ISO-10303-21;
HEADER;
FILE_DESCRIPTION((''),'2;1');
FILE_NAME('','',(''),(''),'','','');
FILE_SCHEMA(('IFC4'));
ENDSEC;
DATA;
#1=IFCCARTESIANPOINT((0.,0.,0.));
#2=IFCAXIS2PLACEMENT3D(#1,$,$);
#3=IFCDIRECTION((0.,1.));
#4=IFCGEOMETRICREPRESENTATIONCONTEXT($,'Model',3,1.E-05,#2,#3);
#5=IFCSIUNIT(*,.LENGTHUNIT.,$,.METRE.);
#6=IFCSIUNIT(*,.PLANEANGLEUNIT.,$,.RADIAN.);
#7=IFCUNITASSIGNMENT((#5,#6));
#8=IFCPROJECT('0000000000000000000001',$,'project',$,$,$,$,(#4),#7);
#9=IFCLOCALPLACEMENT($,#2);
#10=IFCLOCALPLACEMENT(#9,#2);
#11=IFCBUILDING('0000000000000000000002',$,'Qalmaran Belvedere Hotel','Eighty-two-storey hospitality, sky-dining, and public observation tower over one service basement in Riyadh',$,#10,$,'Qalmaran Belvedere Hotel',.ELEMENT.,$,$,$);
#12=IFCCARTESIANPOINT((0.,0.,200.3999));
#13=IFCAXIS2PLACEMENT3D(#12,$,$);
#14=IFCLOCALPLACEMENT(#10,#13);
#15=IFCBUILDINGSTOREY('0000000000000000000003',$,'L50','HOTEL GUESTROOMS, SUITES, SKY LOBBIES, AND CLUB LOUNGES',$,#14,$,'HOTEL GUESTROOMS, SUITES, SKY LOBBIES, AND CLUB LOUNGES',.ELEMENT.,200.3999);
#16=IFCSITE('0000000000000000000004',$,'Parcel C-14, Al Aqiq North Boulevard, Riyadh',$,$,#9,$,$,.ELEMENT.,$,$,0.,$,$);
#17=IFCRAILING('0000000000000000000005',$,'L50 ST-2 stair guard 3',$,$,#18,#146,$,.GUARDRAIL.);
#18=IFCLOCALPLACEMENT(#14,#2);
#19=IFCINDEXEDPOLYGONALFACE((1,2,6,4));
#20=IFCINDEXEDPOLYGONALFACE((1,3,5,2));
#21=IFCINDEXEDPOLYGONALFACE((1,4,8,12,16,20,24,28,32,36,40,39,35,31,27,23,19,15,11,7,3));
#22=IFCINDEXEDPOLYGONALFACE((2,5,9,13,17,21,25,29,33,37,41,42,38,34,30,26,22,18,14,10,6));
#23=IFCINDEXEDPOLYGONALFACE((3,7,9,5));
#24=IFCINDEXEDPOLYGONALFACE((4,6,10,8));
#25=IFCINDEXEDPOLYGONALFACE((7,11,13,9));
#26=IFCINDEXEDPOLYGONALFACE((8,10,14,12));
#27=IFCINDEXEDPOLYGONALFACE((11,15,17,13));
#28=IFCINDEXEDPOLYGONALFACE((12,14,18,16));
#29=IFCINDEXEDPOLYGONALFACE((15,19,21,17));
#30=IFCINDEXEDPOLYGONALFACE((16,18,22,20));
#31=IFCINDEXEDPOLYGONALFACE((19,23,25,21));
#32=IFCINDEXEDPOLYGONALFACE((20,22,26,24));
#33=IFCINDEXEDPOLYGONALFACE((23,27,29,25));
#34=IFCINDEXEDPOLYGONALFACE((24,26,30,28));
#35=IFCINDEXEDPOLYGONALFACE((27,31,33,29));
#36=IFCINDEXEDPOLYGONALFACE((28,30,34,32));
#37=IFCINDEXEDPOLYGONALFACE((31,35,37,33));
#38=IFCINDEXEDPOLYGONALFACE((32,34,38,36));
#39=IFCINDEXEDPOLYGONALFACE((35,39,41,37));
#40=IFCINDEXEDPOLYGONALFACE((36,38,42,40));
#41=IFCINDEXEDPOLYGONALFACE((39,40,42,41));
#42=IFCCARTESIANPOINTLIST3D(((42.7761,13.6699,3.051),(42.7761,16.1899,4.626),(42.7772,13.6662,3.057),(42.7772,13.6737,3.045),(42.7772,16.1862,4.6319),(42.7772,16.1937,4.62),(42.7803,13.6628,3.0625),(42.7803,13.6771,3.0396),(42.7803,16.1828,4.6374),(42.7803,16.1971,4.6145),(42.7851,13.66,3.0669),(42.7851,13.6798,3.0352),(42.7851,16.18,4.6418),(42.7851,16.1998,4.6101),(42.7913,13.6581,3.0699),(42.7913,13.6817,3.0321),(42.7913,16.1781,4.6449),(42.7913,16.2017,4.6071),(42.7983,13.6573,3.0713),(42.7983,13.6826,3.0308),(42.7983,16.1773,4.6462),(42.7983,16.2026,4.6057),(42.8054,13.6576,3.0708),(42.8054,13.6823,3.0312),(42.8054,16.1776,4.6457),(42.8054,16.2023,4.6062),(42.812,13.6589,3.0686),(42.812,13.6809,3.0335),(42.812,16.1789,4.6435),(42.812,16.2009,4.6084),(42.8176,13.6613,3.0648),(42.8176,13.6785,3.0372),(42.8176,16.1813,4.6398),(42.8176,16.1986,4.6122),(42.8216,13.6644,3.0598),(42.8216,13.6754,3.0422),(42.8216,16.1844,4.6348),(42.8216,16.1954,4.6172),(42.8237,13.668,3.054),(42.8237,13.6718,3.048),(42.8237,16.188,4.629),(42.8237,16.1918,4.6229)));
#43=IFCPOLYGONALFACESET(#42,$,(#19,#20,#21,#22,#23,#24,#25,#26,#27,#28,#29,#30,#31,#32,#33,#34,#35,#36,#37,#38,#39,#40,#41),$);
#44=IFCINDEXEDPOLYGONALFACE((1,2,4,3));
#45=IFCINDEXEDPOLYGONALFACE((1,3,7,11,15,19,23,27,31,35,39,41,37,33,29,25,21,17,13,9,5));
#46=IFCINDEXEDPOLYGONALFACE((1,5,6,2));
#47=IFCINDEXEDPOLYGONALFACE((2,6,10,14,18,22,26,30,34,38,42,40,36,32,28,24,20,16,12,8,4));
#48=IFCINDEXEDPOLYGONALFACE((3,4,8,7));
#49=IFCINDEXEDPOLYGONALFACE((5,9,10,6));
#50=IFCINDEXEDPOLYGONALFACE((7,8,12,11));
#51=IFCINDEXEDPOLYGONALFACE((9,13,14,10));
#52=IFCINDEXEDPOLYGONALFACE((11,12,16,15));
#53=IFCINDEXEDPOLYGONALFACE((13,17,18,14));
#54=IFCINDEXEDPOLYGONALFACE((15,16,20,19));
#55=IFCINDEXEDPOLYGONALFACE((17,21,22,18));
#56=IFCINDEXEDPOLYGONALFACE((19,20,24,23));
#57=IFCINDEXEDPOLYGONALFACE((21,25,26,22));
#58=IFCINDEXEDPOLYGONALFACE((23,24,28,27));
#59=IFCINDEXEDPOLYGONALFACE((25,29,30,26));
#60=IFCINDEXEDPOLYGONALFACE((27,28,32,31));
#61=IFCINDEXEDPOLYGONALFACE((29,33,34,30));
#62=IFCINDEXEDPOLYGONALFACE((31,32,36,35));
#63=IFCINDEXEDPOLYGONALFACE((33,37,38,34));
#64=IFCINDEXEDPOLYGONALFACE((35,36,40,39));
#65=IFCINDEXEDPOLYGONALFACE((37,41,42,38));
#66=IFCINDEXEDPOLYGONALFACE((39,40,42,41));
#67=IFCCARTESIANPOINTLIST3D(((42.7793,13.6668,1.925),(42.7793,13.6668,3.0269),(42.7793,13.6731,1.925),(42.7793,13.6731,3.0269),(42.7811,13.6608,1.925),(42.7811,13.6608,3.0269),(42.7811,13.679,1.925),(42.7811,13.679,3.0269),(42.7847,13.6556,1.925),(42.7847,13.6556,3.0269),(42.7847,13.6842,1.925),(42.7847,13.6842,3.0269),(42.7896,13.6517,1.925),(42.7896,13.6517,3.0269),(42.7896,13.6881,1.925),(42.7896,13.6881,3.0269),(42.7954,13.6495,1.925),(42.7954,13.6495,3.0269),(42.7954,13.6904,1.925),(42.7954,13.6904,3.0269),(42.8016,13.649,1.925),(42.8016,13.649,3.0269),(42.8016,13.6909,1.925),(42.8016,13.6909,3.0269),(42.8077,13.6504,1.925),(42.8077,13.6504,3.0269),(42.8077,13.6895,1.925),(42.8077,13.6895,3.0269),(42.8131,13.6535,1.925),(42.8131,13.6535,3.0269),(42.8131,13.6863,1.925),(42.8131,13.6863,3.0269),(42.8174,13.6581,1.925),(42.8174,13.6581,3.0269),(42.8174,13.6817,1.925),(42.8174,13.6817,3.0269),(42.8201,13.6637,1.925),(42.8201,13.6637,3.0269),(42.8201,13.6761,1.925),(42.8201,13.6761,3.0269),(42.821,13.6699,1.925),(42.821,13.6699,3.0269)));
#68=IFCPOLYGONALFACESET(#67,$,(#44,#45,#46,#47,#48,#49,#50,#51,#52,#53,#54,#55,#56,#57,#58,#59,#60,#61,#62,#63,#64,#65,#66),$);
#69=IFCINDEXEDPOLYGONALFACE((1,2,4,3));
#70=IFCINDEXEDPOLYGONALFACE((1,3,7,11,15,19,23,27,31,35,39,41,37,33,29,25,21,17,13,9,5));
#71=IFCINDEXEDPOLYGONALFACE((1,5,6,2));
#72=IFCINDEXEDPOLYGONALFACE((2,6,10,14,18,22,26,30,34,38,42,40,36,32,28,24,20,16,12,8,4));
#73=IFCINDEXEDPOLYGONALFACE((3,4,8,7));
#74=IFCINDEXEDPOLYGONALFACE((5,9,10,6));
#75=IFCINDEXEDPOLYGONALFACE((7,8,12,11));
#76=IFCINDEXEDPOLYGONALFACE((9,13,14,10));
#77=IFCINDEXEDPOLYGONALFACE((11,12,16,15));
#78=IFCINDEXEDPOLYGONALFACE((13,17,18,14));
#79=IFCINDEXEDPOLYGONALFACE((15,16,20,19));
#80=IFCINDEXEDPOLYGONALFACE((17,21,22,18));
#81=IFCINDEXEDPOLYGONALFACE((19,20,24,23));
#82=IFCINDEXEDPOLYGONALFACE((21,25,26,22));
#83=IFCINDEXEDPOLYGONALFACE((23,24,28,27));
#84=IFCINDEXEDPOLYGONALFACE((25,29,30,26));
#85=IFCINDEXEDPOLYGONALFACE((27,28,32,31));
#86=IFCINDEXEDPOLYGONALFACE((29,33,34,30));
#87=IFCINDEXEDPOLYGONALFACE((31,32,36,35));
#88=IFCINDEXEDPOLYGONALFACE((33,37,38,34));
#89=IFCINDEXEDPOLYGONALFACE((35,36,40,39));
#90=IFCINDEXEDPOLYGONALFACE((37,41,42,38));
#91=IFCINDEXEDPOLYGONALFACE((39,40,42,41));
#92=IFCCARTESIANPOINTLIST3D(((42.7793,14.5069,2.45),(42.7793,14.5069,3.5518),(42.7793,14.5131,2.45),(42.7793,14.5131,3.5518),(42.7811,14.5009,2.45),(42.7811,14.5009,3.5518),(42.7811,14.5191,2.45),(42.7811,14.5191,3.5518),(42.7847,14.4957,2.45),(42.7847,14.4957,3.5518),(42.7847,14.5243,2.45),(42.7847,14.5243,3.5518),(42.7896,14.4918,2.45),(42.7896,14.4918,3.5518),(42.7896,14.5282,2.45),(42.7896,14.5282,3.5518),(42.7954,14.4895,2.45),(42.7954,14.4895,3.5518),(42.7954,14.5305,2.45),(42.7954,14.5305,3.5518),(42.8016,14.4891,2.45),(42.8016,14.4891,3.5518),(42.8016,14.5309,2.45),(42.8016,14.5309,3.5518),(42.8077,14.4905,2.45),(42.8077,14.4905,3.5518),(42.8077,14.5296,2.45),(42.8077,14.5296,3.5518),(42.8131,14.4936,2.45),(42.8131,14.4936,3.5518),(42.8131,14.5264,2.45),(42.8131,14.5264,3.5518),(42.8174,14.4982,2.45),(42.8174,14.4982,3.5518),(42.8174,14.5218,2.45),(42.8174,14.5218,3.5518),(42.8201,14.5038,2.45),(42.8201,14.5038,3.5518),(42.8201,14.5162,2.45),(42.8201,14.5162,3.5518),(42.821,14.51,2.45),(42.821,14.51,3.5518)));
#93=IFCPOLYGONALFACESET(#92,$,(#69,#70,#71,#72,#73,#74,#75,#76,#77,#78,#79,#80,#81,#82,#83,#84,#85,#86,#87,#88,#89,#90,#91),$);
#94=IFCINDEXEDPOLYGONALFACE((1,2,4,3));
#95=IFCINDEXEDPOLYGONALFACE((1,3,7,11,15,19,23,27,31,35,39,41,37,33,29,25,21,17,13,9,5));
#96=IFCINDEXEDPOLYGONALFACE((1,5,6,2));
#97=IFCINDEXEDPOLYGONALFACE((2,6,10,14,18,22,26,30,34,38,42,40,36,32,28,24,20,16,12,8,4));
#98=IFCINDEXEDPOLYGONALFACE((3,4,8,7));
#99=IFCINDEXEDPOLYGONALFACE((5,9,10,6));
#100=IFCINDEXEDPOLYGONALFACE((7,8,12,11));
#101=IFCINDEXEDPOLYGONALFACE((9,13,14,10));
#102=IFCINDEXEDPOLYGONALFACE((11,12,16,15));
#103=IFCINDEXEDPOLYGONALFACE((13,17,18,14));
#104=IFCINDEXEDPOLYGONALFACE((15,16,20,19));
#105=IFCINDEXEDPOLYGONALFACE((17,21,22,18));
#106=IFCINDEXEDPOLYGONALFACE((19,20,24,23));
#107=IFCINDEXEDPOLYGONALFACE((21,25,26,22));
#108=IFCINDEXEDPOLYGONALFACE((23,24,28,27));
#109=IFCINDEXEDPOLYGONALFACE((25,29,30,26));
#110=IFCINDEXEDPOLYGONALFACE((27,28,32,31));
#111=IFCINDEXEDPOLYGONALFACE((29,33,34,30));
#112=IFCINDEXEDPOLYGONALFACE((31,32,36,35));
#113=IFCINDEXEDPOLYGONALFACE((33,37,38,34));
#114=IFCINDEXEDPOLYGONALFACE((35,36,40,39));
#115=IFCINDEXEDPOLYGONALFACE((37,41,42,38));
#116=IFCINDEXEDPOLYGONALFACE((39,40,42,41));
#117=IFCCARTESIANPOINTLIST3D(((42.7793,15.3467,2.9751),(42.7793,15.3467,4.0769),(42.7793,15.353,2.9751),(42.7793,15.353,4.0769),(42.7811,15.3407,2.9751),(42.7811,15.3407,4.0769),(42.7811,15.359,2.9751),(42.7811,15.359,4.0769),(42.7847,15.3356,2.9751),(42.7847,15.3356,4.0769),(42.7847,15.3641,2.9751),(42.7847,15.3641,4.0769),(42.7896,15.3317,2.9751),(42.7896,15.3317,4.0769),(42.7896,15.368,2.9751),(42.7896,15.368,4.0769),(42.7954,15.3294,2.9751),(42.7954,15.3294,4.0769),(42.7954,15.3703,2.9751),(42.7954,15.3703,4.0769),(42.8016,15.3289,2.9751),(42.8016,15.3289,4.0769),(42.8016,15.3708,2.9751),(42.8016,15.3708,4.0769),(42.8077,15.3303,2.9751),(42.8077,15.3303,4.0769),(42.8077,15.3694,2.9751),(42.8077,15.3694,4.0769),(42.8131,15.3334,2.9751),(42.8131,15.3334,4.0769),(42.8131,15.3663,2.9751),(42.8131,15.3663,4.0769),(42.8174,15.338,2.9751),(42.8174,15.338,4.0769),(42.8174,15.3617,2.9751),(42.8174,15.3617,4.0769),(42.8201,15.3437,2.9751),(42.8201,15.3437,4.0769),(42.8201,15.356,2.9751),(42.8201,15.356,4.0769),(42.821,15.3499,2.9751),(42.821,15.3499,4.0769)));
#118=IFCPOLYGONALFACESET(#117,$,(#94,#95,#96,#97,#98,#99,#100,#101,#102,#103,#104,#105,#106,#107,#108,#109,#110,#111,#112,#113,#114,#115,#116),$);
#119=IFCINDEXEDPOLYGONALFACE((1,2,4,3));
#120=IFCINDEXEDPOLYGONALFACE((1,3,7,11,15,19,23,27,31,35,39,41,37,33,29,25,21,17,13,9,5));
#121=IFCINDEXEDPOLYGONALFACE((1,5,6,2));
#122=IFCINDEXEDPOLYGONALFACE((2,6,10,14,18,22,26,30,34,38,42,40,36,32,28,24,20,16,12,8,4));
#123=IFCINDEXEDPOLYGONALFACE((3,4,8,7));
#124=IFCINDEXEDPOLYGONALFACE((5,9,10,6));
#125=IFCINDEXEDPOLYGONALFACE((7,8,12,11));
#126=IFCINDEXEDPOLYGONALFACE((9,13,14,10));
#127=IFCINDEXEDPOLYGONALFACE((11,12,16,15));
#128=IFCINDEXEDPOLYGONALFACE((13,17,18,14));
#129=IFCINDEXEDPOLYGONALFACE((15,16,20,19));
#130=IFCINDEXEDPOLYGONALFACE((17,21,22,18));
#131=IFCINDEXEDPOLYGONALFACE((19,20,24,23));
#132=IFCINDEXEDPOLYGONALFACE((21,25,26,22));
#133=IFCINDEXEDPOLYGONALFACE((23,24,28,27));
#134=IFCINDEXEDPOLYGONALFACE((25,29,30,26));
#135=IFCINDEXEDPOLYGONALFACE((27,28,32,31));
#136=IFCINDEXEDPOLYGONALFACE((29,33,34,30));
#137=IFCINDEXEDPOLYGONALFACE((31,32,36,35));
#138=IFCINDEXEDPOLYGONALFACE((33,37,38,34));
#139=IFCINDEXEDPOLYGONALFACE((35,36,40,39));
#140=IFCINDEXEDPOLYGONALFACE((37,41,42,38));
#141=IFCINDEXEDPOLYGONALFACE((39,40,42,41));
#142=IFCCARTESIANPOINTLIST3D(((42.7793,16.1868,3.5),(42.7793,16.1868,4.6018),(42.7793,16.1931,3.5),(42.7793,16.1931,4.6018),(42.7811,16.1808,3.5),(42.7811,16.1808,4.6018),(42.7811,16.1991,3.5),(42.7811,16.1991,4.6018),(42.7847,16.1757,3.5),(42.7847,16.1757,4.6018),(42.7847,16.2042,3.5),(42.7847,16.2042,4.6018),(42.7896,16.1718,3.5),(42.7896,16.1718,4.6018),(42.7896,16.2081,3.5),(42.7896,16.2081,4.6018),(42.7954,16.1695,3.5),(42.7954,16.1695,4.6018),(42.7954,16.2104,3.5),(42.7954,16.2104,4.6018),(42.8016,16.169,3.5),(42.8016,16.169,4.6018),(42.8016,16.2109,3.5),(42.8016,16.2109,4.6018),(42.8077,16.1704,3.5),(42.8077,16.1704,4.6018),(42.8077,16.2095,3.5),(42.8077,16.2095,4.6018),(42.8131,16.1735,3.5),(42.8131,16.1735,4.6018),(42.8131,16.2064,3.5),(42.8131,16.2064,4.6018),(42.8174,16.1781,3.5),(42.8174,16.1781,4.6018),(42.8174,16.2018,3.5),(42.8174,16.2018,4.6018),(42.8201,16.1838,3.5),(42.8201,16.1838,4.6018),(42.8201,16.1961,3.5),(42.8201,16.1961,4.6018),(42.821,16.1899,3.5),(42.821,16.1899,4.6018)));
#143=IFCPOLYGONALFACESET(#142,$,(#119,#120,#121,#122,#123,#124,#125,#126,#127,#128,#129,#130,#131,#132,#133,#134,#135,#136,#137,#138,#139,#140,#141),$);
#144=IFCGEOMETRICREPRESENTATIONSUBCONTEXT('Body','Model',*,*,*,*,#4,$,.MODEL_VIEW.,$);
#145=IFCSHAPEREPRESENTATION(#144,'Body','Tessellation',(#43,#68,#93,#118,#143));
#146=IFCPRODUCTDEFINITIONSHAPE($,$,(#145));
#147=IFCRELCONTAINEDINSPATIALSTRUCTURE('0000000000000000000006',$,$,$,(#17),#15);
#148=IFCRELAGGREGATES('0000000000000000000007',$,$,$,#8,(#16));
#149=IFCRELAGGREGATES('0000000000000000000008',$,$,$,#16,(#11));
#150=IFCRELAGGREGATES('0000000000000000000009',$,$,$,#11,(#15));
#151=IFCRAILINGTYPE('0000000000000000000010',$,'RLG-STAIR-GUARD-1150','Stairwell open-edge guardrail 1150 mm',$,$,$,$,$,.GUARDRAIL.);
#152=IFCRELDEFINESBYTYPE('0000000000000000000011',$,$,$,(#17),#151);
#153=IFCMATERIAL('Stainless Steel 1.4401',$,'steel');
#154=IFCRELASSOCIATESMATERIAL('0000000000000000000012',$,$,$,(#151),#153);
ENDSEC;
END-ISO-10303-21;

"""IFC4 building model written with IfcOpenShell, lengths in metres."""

from ifc_helpers import new_model, si_unit, direction, frame, origin, origin_2d, place, context, subcontext, project, spatial, circle, extrude, material, type_object, element, save


model = new_model("IFC4")

# Units and contexts
model_context = context("Model", 3, precision=1e-05, world=origin(), true_north=direction((0.0, 1.0)))
body_context = subcontext(model_context, "Body", "Model", "MODEL_VIEW")
ifc_project = project(units=[si_unit("LENGTHUNIT", "METRE"), si_unit("PLANEANGLEUNIT", "RADIAN")], contexts=[model_context])

# Site, building, storey
site_placement = place(None, origin())
site = spatial("IfcSite", under=ifc_project, at=site_placement, Name="Parcel C-14, Al Aqiq North Boulevard, Riyadh", CompositionType="ELEMENT", RefElevation=0.0)
building_placement = place(site_placement, origin())
building = spatial("IfcBuilding", under=site, at=building_placement, Name="Qalmaran Belvedere Hotel", Description="Eighty-two-storey hospitality, sky-dining, and public observation tower over one service basement in Riyadh", LongName="Qalmaran Belvedere Hotel", CompositionType="ELEMENT")
storey_placement = place(building_placement, frame((0.0, 0.0, 200.3999)))
storey = spatial("IfcBuildingStorey", under=building, at=storey_placement, Name="L50", Description="HOTEL GUESTROOMS, SUITES, SKY LOBBIES, AND CLUB LOUNGES", LongName="HOTEL GUESTROOMS, SUITES, SKY LOBBIES, AND CLUB LOUNGES", CompositionType="ELEMENT", Elevation=200.3999)

# Railing
ifc_material_1 = material(Name="Stainless Steel 1.4401", Category="steel")
railing_type_1 = type_object("IfcRailingType", Name="RLG-STAIR-GUARD-1150", Description="Stairwell open-edge guardrail 1150 mm", PredefinedType="GUARDRAIL", material=ifc_material_1)
railing_1_placement = place(storey_placement, frame((42.8, 13.6699, 1.925)))
element("IfcRailing", 1, at=railing_1_placement, inside=storey, type_object=railing_type_1, Name="L50 ST-2 stair guard 3", PredefinedType="GUARDRAIL", context=body_context, shape_type="SweptSolid", body=[
    extrude(circle(Radius=0.0239, at=origin_2d()), frame((0.0, 0.0, 1.126), z_axis=(0.0, 0.848008, 0.529984), x_axis=(-1.0, 0.0, 0.0)), (0.0, 0.0, 1.0), 2.9717),
    extrude(circle(Radius=0.021, at=origin_2d()), origin(), (0.0, 0.0, 1.0), 1.1018),
    extrude(circle(Radius=0.021, at=origin_2d()), frame((0.0, 0.8401, 0.5249)), (0.0, 0.0, 1.0), 1.1018),
    extrude(circle(Radius=0.021, at=origin_2d()), frame((0.0, 1.6799, 1.05)), (0.0, 0.0, 1.0), 1.1018),
    extrude(circle(Radius=0.021, at=origin_2d()), frame((0.0, 2.52, 1.575)), (0.0, 0.0, 1.0), 1.1018),
])

save(model, "model.ifc")
